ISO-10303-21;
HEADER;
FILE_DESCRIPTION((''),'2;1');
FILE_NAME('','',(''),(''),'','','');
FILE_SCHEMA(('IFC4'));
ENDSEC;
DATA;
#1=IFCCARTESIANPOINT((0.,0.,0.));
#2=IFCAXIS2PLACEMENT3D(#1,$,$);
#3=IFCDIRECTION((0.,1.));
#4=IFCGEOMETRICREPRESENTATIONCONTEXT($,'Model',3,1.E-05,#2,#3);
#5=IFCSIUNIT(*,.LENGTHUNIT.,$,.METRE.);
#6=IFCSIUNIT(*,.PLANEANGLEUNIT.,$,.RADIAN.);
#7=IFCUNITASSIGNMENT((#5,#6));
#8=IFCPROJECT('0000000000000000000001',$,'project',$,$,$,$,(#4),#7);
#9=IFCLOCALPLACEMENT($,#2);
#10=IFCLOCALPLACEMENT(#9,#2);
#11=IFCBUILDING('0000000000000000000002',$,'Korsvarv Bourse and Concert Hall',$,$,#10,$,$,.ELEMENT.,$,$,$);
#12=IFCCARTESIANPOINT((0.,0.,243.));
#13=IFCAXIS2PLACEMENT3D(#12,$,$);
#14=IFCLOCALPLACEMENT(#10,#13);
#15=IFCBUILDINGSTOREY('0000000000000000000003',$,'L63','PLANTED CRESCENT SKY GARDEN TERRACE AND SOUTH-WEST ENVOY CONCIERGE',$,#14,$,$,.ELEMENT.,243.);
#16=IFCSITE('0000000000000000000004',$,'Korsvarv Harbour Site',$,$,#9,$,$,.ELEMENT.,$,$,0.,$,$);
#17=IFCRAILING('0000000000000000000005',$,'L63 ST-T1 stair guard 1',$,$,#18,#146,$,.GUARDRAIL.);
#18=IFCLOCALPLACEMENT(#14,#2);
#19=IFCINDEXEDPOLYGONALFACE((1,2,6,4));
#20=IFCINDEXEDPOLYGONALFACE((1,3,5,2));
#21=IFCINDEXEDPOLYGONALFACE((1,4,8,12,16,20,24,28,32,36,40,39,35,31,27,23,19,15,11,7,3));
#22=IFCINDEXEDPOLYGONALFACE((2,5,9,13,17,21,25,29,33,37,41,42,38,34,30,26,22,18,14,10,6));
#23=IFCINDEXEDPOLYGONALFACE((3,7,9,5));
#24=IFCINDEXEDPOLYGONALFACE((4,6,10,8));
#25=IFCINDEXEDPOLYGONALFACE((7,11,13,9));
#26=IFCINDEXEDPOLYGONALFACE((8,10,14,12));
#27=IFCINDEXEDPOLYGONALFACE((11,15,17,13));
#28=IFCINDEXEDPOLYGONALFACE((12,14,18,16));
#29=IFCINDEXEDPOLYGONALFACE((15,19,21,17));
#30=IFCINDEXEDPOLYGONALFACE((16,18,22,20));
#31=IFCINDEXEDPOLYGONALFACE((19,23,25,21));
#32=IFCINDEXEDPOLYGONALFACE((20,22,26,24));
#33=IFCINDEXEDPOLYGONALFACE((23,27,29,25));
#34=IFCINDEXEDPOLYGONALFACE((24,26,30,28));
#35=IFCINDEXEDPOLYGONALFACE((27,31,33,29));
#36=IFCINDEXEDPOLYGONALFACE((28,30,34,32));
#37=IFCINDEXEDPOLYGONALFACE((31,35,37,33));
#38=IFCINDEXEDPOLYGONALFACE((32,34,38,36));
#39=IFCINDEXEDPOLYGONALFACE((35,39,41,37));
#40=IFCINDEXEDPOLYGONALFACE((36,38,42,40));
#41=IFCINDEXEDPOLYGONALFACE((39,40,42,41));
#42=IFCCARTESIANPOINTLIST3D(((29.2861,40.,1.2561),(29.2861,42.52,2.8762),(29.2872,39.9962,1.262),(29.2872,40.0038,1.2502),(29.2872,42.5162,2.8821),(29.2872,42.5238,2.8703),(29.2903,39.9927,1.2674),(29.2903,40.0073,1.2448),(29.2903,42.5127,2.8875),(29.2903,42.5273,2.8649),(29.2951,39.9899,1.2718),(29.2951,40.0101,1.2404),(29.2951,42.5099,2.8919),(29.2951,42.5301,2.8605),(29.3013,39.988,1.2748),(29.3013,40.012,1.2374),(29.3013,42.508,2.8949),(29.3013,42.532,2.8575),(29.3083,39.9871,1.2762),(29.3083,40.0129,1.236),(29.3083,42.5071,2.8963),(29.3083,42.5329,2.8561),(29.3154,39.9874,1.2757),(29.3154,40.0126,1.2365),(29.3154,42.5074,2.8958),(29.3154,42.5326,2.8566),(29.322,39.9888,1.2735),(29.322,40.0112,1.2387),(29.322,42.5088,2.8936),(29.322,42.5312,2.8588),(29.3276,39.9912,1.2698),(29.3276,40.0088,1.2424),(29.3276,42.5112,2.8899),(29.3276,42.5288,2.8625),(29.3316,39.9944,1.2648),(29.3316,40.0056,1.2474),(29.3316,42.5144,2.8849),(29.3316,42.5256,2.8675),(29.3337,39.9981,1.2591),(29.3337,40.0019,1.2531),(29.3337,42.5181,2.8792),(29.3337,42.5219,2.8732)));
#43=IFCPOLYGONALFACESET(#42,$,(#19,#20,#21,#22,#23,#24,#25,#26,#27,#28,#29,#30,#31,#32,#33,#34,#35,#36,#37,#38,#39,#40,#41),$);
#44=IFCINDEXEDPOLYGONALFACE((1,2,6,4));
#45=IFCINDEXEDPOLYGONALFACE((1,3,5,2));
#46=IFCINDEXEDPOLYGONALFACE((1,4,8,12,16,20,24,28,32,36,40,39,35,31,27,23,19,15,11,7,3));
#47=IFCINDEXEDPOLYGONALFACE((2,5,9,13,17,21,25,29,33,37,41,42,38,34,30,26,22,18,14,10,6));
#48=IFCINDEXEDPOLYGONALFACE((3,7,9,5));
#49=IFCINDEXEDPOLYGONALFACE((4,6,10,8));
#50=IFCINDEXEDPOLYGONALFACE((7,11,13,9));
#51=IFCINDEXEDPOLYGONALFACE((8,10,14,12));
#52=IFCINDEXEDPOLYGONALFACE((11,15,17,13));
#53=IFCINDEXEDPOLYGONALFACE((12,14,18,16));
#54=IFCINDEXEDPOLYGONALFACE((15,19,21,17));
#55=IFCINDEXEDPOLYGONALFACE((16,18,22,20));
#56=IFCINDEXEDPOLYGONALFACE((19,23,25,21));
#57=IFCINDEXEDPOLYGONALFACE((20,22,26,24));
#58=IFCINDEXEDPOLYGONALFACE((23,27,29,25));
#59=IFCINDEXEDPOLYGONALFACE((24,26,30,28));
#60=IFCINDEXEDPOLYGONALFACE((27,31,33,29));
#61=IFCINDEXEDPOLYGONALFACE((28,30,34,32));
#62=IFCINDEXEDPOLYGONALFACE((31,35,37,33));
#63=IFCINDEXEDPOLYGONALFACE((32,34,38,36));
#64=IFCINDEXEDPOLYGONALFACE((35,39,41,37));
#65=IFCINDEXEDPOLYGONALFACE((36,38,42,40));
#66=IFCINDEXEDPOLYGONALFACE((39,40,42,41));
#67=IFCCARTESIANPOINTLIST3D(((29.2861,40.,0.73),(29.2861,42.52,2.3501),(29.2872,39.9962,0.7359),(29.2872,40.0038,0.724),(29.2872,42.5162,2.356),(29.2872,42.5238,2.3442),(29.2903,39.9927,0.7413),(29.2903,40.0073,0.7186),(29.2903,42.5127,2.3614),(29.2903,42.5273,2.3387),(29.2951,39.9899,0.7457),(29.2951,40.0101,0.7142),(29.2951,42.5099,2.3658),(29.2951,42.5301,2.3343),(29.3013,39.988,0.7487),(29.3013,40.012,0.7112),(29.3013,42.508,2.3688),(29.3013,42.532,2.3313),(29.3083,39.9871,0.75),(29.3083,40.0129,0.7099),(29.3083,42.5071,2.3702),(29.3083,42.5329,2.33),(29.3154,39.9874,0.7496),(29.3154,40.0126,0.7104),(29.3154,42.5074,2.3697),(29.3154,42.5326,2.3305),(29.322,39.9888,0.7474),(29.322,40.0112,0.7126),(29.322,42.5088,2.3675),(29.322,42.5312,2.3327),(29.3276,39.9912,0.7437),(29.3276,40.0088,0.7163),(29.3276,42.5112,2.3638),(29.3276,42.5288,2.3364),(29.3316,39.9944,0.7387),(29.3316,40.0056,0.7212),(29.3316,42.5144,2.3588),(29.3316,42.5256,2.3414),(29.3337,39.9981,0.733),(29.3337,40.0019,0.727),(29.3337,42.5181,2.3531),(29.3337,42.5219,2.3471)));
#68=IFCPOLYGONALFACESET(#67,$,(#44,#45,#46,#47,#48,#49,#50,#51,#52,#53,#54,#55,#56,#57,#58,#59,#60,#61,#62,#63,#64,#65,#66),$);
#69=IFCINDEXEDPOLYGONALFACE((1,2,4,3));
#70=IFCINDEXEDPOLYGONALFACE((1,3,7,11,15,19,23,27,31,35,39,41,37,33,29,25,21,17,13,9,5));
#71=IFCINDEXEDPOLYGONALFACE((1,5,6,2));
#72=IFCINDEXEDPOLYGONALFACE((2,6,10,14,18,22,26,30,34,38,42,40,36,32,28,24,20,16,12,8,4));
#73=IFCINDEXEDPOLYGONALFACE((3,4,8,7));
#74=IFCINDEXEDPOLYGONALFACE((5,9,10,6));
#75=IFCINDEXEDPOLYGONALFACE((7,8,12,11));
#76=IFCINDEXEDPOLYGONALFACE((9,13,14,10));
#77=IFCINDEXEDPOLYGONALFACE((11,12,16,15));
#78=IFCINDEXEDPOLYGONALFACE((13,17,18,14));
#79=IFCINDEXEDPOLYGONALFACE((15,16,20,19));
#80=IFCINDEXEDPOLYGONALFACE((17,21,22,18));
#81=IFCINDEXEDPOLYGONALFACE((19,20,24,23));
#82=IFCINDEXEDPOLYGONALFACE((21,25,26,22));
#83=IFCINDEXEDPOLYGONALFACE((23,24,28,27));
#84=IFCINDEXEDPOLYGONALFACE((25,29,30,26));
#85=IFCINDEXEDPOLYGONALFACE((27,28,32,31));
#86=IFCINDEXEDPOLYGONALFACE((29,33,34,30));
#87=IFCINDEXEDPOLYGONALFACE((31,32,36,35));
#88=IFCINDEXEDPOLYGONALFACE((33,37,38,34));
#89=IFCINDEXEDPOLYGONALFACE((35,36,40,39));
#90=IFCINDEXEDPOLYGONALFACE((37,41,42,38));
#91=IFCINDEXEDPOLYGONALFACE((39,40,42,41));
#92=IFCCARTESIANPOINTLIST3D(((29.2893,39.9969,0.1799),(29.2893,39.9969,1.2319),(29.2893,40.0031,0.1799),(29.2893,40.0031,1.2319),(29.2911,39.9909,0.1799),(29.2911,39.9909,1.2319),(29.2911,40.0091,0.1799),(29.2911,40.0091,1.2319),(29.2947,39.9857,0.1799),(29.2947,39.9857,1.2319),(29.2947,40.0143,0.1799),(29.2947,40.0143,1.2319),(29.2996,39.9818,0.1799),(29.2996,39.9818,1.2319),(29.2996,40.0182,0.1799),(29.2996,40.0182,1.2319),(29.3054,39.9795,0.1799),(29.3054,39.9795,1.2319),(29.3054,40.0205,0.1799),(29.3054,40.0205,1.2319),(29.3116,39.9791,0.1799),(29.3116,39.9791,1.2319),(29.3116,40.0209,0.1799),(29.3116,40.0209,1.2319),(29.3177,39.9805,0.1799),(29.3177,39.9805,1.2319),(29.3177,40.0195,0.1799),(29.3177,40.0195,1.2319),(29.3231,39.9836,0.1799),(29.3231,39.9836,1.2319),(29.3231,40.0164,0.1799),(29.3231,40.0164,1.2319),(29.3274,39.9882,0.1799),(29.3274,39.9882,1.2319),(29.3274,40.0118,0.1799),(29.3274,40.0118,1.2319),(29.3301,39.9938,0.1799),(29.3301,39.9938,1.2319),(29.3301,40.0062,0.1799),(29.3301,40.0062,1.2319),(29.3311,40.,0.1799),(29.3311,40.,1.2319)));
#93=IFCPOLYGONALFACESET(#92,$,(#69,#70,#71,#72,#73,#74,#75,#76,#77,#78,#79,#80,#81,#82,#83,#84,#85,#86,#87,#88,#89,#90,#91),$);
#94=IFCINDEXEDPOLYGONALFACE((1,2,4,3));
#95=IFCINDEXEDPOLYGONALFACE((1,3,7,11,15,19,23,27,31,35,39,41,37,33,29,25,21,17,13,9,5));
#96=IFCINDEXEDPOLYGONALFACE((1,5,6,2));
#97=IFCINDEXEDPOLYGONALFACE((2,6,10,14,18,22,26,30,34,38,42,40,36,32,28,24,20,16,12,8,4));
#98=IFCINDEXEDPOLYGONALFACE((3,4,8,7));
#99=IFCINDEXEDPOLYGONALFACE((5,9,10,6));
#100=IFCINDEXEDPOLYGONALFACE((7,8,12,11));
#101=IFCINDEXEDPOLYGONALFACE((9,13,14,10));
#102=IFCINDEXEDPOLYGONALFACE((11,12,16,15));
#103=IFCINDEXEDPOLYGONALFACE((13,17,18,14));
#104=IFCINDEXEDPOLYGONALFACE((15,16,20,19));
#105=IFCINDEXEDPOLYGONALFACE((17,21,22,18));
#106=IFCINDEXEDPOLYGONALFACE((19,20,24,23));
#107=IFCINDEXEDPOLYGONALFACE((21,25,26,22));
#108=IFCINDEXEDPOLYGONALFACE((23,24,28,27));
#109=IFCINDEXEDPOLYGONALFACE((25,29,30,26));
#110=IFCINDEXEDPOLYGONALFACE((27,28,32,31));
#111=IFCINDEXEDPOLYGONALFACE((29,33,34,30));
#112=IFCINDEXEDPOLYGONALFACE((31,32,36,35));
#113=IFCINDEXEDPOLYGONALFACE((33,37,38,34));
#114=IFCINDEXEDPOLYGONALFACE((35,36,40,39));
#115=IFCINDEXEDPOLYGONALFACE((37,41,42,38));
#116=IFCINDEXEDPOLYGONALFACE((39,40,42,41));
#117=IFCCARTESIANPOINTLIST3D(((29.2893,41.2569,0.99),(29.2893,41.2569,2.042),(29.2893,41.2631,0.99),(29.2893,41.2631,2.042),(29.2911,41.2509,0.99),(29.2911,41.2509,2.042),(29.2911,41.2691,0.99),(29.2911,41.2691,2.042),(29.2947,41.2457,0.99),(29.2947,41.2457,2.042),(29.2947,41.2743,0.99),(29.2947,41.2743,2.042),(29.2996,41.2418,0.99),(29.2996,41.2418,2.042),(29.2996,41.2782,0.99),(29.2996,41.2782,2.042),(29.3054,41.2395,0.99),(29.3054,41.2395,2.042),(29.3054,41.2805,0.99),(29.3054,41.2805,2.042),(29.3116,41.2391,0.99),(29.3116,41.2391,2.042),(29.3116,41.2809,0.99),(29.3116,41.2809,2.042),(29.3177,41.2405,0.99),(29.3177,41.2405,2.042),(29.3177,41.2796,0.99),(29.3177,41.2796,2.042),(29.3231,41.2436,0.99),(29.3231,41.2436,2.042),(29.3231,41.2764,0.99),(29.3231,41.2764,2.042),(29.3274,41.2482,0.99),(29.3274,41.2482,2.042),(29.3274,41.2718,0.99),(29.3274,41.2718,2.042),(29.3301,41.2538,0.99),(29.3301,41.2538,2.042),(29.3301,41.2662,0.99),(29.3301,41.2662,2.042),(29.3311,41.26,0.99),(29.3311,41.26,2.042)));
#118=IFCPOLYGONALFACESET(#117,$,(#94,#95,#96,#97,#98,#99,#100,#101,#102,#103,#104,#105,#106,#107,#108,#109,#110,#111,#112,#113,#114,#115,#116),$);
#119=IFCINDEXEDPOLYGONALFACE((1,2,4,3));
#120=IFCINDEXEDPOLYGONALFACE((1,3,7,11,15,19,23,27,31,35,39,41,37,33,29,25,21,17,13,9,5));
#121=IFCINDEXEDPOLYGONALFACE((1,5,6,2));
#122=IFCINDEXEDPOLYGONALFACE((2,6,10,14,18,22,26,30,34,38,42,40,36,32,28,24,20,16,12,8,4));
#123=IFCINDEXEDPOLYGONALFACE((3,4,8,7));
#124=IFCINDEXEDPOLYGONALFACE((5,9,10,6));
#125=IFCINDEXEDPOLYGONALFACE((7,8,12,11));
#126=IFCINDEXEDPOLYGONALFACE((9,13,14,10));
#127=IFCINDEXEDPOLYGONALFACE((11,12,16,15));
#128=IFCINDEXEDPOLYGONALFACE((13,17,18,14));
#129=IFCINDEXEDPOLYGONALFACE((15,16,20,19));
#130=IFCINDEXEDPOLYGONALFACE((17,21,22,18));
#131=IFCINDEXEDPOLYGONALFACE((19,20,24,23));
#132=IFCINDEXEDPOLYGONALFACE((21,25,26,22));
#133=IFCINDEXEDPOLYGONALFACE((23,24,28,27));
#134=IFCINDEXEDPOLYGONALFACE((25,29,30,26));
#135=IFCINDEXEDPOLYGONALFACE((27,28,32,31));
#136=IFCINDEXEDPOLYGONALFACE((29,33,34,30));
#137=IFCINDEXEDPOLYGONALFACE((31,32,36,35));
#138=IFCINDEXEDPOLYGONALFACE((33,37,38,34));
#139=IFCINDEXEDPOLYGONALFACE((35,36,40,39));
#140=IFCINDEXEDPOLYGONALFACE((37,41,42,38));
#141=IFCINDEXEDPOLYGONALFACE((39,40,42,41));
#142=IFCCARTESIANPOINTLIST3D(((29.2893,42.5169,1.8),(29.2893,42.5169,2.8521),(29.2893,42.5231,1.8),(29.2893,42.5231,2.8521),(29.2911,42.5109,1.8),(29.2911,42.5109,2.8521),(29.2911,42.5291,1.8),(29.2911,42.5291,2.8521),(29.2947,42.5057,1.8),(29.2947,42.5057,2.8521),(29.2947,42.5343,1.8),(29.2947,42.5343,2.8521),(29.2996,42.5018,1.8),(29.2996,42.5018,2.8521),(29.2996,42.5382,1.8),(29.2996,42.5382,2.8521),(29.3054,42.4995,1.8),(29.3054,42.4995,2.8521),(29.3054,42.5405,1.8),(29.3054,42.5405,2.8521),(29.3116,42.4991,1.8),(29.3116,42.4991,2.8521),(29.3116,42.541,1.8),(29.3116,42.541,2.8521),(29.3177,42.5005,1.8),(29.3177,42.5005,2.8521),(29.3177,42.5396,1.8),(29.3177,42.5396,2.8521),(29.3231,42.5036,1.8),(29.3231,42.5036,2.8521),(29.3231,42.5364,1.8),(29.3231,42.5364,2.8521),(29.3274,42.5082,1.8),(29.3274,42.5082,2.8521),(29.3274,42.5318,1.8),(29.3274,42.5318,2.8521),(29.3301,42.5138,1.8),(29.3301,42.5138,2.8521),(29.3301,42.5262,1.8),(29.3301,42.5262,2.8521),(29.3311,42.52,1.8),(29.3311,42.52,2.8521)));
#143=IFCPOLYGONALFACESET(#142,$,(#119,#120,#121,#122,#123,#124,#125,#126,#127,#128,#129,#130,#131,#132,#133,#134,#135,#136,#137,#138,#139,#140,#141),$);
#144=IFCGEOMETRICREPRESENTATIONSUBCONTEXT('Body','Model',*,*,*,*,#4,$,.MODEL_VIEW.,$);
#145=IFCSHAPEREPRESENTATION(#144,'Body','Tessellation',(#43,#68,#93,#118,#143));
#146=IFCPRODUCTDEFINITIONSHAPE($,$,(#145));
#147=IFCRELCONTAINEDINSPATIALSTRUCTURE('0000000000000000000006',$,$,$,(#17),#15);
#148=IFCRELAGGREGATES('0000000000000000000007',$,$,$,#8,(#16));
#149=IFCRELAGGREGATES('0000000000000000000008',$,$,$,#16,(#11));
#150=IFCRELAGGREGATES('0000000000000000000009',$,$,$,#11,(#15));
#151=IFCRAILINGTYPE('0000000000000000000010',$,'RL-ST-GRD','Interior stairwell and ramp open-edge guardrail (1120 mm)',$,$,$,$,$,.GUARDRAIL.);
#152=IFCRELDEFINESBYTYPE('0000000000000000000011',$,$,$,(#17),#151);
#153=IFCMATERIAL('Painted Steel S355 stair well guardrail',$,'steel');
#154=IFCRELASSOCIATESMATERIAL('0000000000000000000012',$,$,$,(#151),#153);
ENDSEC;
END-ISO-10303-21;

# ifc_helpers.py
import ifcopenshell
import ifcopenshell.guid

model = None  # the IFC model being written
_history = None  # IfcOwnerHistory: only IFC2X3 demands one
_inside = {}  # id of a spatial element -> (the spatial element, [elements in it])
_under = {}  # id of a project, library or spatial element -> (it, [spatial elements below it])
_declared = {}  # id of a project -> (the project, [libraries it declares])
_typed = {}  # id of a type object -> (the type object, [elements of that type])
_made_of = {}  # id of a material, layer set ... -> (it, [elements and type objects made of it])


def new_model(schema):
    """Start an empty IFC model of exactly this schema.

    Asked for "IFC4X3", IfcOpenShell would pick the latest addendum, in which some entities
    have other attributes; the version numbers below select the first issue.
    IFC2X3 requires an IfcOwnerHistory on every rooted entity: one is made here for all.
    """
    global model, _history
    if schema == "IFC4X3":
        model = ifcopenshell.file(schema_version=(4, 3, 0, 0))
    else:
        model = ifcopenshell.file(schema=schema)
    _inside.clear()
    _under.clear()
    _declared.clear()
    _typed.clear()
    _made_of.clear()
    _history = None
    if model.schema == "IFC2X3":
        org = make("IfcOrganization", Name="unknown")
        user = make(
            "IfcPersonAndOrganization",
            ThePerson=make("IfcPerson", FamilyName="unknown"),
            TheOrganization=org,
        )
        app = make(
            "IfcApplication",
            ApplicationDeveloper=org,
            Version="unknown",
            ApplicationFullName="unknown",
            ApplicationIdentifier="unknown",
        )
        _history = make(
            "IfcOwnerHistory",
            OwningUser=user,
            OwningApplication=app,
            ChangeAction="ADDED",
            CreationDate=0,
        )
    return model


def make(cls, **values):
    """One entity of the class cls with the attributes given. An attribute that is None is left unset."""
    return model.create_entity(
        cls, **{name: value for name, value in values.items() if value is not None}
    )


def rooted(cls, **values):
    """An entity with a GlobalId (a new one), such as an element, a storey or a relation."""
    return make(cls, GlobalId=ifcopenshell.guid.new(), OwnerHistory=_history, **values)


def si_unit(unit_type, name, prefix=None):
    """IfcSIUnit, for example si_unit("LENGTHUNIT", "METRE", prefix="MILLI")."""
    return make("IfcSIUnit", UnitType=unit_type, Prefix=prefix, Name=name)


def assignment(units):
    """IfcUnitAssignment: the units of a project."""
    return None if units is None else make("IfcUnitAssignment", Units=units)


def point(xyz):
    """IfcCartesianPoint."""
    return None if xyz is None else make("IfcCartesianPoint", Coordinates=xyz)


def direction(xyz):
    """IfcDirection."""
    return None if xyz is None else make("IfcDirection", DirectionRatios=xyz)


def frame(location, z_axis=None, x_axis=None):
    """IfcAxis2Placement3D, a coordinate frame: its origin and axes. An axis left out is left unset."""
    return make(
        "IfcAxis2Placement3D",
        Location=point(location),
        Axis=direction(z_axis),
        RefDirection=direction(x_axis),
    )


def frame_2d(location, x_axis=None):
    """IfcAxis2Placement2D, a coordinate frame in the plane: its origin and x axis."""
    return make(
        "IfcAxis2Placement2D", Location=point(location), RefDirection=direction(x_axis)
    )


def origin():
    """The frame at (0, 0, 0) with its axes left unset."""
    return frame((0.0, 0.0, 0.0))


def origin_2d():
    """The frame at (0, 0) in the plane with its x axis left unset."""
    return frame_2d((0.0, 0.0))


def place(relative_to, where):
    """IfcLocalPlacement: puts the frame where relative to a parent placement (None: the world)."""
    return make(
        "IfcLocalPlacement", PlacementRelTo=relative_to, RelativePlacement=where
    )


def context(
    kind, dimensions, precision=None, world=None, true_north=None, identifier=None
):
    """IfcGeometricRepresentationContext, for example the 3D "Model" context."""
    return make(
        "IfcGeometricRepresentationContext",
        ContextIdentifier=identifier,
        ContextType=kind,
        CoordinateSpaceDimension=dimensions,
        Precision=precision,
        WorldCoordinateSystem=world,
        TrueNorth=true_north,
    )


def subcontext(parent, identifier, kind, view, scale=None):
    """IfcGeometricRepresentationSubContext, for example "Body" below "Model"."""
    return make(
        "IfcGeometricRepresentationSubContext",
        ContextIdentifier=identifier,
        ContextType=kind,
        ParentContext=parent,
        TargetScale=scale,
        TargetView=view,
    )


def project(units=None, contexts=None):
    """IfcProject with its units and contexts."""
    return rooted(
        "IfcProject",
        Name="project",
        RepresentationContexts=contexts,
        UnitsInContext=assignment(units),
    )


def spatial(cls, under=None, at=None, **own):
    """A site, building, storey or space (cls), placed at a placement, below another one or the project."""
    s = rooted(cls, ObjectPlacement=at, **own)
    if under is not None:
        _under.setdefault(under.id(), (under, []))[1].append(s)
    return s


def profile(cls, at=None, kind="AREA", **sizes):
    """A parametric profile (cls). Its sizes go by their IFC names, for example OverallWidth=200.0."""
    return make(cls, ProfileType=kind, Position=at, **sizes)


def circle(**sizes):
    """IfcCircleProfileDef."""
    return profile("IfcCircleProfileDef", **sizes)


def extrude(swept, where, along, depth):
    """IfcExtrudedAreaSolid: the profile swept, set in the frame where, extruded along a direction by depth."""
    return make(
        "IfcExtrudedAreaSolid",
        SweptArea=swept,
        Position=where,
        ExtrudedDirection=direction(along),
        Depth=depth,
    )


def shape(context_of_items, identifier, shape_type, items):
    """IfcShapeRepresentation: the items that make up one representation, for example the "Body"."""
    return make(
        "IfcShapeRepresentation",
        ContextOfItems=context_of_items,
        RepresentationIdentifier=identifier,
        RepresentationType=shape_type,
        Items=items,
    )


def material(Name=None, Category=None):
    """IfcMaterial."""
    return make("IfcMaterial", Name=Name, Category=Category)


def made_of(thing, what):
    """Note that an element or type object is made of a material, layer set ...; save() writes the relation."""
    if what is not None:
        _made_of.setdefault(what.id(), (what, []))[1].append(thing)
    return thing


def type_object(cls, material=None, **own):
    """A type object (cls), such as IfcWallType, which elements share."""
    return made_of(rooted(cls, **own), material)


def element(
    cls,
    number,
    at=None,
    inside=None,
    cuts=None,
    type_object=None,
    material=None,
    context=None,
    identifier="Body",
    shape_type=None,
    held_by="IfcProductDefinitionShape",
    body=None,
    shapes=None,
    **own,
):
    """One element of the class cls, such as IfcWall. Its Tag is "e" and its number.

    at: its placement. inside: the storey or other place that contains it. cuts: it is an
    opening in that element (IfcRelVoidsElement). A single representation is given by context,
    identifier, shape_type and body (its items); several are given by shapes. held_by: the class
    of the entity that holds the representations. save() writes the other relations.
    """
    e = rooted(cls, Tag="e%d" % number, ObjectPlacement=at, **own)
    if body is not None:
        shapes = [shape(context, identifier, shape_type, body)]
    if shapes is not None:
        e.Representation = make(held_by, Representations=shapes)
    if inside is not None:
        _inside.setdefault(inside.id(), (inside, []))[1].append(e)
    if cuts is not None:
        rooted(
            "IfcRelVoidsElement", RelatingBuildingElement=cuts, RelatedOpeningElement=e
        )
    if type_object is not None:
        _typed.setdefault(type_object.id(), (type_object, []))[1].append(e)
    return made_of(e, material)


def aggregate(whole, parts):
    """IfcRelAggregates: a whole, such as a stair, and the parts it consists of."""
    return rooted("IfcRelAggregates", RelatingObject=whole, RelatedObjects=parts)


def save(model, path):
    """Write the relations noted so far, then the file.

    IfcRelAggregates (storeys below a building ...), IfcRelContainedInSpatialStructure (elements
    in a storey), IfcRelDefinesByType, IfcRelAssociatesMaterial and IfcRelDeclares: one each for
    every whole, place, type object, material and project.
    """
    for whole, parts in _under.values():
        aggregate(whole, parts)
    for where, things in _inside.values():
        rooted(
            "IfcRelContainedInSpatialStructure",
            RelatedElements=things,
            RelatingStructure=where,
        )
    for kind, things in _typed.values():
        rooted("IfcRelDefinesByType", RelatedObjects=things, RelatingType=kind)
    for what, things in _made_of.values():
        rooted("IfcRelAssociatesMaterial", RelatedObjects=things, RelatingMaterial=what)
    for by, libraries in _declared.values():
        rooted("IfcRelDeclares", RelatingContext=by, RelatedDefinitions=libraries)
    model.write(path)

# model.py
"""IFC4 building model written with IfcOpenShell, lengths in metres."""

from ifc_helpers import new_model, si_unit, direction, frame, origin, origin_2d, place, context, subcontext, project, spatial, circle, extrude, material, type_object, element, save


model = new_model("IFC4")

# Units and contexts
model_context = context("Model", 3, precision=1e-05, world=origin(), true_north=direction((0.0, 1.0)))
body_context = subcontext(model_context, "Body", "Model", "MODEL_VIEW")
ifc_project = project(units=[si_unit("LENGTHUNIT", "METRE"), si_unit("PLANEANGLEUNIT", "RADIAN")], contexts=[model_context])

# Site, building, storey
site_placement = place(None, origin())
site = spatial("IfcSite", under=ifc_project, at=site_placement, Name="Korsvarv Harbour Site", CompositionType="ELEMENT", RefElevation=0.0)
building_placement = place(site_placement, origin())
building = spatial("IfcBuilding", under=site, at=building_placement, Name="Korsvarv Bourse and Concert Hall", CompositionType="ELEMENT")
storey_placement = place(building_placement, frame((0.0, 0.0, 243.0)))
storey = spatial("IfcBuildingStorey", under=building, at=storey_placement, Name="L63", Description="PLANTED CRESCENT SKY GARDEN TERRACE AND SOUTH-WEST ENVOY CONCIERGE", CompositionType="ELEMENT", Elevation=243.0)

# Railing
ifc_material_1 = material(Name="Painted Steel S355 stair well guardrail", Category="steel")
railing_type_1 = type_object("IfcRailingType", Name="RL-ST-GRD", Description="Interior stairwell and ramp open-edge guardrail (1120 mm)", PredefinedType="GUARDRAIL", material=ifc_material_1)
railing_1_placement = place(storey_placement, frame((29.3101, 40.0, 0.1799)))
element("IfcRailing", 1, at=railing_1_placement, inside=storey, type_object=railing_type_1, Name="L63 ST-T1 stair guard 1", PredefinedType="GUARDRAIL", context=body_context, shape_type="SweptSolid", body=[
    extrude(circle(Radius=0.0239, at=origin_2d()), frame((0.0, 0.0, 1.0762), z_axis=(0.0, 0.841163, 0.540782), x_axis=(-1.0, 0.0, 0.0)), (0.0, 0.0, 1.0), 2.9958),
    extrude(circle(Radius=0.0239, at=origin_2d()), frame((0.0, 0.0, 0.55), z_axis=(0.0, 0.841163, 0.540782), x_axis=(-1.0, 0.0, 0.0)), (0.0, 0.0, 1.0), 2.9958),
    extrude(circle(Radius=0.021, at=origin_2d()), origin(), (0.0, 0.0, 1.0), 1.052),
    extrude(circle(Radius=0.021, at=origin_2d()), frame((0.0, 1.26, 0.8101)), (0.0, 0.0, 1.0), 1.052),
    extrude(circle(Radius=0.021, at=origin_2d()), frame((0.0, 2.52, 1.6201)), (0.0, 0.0, 1.0), 1.052),
])

save(model, "model.ifc")
